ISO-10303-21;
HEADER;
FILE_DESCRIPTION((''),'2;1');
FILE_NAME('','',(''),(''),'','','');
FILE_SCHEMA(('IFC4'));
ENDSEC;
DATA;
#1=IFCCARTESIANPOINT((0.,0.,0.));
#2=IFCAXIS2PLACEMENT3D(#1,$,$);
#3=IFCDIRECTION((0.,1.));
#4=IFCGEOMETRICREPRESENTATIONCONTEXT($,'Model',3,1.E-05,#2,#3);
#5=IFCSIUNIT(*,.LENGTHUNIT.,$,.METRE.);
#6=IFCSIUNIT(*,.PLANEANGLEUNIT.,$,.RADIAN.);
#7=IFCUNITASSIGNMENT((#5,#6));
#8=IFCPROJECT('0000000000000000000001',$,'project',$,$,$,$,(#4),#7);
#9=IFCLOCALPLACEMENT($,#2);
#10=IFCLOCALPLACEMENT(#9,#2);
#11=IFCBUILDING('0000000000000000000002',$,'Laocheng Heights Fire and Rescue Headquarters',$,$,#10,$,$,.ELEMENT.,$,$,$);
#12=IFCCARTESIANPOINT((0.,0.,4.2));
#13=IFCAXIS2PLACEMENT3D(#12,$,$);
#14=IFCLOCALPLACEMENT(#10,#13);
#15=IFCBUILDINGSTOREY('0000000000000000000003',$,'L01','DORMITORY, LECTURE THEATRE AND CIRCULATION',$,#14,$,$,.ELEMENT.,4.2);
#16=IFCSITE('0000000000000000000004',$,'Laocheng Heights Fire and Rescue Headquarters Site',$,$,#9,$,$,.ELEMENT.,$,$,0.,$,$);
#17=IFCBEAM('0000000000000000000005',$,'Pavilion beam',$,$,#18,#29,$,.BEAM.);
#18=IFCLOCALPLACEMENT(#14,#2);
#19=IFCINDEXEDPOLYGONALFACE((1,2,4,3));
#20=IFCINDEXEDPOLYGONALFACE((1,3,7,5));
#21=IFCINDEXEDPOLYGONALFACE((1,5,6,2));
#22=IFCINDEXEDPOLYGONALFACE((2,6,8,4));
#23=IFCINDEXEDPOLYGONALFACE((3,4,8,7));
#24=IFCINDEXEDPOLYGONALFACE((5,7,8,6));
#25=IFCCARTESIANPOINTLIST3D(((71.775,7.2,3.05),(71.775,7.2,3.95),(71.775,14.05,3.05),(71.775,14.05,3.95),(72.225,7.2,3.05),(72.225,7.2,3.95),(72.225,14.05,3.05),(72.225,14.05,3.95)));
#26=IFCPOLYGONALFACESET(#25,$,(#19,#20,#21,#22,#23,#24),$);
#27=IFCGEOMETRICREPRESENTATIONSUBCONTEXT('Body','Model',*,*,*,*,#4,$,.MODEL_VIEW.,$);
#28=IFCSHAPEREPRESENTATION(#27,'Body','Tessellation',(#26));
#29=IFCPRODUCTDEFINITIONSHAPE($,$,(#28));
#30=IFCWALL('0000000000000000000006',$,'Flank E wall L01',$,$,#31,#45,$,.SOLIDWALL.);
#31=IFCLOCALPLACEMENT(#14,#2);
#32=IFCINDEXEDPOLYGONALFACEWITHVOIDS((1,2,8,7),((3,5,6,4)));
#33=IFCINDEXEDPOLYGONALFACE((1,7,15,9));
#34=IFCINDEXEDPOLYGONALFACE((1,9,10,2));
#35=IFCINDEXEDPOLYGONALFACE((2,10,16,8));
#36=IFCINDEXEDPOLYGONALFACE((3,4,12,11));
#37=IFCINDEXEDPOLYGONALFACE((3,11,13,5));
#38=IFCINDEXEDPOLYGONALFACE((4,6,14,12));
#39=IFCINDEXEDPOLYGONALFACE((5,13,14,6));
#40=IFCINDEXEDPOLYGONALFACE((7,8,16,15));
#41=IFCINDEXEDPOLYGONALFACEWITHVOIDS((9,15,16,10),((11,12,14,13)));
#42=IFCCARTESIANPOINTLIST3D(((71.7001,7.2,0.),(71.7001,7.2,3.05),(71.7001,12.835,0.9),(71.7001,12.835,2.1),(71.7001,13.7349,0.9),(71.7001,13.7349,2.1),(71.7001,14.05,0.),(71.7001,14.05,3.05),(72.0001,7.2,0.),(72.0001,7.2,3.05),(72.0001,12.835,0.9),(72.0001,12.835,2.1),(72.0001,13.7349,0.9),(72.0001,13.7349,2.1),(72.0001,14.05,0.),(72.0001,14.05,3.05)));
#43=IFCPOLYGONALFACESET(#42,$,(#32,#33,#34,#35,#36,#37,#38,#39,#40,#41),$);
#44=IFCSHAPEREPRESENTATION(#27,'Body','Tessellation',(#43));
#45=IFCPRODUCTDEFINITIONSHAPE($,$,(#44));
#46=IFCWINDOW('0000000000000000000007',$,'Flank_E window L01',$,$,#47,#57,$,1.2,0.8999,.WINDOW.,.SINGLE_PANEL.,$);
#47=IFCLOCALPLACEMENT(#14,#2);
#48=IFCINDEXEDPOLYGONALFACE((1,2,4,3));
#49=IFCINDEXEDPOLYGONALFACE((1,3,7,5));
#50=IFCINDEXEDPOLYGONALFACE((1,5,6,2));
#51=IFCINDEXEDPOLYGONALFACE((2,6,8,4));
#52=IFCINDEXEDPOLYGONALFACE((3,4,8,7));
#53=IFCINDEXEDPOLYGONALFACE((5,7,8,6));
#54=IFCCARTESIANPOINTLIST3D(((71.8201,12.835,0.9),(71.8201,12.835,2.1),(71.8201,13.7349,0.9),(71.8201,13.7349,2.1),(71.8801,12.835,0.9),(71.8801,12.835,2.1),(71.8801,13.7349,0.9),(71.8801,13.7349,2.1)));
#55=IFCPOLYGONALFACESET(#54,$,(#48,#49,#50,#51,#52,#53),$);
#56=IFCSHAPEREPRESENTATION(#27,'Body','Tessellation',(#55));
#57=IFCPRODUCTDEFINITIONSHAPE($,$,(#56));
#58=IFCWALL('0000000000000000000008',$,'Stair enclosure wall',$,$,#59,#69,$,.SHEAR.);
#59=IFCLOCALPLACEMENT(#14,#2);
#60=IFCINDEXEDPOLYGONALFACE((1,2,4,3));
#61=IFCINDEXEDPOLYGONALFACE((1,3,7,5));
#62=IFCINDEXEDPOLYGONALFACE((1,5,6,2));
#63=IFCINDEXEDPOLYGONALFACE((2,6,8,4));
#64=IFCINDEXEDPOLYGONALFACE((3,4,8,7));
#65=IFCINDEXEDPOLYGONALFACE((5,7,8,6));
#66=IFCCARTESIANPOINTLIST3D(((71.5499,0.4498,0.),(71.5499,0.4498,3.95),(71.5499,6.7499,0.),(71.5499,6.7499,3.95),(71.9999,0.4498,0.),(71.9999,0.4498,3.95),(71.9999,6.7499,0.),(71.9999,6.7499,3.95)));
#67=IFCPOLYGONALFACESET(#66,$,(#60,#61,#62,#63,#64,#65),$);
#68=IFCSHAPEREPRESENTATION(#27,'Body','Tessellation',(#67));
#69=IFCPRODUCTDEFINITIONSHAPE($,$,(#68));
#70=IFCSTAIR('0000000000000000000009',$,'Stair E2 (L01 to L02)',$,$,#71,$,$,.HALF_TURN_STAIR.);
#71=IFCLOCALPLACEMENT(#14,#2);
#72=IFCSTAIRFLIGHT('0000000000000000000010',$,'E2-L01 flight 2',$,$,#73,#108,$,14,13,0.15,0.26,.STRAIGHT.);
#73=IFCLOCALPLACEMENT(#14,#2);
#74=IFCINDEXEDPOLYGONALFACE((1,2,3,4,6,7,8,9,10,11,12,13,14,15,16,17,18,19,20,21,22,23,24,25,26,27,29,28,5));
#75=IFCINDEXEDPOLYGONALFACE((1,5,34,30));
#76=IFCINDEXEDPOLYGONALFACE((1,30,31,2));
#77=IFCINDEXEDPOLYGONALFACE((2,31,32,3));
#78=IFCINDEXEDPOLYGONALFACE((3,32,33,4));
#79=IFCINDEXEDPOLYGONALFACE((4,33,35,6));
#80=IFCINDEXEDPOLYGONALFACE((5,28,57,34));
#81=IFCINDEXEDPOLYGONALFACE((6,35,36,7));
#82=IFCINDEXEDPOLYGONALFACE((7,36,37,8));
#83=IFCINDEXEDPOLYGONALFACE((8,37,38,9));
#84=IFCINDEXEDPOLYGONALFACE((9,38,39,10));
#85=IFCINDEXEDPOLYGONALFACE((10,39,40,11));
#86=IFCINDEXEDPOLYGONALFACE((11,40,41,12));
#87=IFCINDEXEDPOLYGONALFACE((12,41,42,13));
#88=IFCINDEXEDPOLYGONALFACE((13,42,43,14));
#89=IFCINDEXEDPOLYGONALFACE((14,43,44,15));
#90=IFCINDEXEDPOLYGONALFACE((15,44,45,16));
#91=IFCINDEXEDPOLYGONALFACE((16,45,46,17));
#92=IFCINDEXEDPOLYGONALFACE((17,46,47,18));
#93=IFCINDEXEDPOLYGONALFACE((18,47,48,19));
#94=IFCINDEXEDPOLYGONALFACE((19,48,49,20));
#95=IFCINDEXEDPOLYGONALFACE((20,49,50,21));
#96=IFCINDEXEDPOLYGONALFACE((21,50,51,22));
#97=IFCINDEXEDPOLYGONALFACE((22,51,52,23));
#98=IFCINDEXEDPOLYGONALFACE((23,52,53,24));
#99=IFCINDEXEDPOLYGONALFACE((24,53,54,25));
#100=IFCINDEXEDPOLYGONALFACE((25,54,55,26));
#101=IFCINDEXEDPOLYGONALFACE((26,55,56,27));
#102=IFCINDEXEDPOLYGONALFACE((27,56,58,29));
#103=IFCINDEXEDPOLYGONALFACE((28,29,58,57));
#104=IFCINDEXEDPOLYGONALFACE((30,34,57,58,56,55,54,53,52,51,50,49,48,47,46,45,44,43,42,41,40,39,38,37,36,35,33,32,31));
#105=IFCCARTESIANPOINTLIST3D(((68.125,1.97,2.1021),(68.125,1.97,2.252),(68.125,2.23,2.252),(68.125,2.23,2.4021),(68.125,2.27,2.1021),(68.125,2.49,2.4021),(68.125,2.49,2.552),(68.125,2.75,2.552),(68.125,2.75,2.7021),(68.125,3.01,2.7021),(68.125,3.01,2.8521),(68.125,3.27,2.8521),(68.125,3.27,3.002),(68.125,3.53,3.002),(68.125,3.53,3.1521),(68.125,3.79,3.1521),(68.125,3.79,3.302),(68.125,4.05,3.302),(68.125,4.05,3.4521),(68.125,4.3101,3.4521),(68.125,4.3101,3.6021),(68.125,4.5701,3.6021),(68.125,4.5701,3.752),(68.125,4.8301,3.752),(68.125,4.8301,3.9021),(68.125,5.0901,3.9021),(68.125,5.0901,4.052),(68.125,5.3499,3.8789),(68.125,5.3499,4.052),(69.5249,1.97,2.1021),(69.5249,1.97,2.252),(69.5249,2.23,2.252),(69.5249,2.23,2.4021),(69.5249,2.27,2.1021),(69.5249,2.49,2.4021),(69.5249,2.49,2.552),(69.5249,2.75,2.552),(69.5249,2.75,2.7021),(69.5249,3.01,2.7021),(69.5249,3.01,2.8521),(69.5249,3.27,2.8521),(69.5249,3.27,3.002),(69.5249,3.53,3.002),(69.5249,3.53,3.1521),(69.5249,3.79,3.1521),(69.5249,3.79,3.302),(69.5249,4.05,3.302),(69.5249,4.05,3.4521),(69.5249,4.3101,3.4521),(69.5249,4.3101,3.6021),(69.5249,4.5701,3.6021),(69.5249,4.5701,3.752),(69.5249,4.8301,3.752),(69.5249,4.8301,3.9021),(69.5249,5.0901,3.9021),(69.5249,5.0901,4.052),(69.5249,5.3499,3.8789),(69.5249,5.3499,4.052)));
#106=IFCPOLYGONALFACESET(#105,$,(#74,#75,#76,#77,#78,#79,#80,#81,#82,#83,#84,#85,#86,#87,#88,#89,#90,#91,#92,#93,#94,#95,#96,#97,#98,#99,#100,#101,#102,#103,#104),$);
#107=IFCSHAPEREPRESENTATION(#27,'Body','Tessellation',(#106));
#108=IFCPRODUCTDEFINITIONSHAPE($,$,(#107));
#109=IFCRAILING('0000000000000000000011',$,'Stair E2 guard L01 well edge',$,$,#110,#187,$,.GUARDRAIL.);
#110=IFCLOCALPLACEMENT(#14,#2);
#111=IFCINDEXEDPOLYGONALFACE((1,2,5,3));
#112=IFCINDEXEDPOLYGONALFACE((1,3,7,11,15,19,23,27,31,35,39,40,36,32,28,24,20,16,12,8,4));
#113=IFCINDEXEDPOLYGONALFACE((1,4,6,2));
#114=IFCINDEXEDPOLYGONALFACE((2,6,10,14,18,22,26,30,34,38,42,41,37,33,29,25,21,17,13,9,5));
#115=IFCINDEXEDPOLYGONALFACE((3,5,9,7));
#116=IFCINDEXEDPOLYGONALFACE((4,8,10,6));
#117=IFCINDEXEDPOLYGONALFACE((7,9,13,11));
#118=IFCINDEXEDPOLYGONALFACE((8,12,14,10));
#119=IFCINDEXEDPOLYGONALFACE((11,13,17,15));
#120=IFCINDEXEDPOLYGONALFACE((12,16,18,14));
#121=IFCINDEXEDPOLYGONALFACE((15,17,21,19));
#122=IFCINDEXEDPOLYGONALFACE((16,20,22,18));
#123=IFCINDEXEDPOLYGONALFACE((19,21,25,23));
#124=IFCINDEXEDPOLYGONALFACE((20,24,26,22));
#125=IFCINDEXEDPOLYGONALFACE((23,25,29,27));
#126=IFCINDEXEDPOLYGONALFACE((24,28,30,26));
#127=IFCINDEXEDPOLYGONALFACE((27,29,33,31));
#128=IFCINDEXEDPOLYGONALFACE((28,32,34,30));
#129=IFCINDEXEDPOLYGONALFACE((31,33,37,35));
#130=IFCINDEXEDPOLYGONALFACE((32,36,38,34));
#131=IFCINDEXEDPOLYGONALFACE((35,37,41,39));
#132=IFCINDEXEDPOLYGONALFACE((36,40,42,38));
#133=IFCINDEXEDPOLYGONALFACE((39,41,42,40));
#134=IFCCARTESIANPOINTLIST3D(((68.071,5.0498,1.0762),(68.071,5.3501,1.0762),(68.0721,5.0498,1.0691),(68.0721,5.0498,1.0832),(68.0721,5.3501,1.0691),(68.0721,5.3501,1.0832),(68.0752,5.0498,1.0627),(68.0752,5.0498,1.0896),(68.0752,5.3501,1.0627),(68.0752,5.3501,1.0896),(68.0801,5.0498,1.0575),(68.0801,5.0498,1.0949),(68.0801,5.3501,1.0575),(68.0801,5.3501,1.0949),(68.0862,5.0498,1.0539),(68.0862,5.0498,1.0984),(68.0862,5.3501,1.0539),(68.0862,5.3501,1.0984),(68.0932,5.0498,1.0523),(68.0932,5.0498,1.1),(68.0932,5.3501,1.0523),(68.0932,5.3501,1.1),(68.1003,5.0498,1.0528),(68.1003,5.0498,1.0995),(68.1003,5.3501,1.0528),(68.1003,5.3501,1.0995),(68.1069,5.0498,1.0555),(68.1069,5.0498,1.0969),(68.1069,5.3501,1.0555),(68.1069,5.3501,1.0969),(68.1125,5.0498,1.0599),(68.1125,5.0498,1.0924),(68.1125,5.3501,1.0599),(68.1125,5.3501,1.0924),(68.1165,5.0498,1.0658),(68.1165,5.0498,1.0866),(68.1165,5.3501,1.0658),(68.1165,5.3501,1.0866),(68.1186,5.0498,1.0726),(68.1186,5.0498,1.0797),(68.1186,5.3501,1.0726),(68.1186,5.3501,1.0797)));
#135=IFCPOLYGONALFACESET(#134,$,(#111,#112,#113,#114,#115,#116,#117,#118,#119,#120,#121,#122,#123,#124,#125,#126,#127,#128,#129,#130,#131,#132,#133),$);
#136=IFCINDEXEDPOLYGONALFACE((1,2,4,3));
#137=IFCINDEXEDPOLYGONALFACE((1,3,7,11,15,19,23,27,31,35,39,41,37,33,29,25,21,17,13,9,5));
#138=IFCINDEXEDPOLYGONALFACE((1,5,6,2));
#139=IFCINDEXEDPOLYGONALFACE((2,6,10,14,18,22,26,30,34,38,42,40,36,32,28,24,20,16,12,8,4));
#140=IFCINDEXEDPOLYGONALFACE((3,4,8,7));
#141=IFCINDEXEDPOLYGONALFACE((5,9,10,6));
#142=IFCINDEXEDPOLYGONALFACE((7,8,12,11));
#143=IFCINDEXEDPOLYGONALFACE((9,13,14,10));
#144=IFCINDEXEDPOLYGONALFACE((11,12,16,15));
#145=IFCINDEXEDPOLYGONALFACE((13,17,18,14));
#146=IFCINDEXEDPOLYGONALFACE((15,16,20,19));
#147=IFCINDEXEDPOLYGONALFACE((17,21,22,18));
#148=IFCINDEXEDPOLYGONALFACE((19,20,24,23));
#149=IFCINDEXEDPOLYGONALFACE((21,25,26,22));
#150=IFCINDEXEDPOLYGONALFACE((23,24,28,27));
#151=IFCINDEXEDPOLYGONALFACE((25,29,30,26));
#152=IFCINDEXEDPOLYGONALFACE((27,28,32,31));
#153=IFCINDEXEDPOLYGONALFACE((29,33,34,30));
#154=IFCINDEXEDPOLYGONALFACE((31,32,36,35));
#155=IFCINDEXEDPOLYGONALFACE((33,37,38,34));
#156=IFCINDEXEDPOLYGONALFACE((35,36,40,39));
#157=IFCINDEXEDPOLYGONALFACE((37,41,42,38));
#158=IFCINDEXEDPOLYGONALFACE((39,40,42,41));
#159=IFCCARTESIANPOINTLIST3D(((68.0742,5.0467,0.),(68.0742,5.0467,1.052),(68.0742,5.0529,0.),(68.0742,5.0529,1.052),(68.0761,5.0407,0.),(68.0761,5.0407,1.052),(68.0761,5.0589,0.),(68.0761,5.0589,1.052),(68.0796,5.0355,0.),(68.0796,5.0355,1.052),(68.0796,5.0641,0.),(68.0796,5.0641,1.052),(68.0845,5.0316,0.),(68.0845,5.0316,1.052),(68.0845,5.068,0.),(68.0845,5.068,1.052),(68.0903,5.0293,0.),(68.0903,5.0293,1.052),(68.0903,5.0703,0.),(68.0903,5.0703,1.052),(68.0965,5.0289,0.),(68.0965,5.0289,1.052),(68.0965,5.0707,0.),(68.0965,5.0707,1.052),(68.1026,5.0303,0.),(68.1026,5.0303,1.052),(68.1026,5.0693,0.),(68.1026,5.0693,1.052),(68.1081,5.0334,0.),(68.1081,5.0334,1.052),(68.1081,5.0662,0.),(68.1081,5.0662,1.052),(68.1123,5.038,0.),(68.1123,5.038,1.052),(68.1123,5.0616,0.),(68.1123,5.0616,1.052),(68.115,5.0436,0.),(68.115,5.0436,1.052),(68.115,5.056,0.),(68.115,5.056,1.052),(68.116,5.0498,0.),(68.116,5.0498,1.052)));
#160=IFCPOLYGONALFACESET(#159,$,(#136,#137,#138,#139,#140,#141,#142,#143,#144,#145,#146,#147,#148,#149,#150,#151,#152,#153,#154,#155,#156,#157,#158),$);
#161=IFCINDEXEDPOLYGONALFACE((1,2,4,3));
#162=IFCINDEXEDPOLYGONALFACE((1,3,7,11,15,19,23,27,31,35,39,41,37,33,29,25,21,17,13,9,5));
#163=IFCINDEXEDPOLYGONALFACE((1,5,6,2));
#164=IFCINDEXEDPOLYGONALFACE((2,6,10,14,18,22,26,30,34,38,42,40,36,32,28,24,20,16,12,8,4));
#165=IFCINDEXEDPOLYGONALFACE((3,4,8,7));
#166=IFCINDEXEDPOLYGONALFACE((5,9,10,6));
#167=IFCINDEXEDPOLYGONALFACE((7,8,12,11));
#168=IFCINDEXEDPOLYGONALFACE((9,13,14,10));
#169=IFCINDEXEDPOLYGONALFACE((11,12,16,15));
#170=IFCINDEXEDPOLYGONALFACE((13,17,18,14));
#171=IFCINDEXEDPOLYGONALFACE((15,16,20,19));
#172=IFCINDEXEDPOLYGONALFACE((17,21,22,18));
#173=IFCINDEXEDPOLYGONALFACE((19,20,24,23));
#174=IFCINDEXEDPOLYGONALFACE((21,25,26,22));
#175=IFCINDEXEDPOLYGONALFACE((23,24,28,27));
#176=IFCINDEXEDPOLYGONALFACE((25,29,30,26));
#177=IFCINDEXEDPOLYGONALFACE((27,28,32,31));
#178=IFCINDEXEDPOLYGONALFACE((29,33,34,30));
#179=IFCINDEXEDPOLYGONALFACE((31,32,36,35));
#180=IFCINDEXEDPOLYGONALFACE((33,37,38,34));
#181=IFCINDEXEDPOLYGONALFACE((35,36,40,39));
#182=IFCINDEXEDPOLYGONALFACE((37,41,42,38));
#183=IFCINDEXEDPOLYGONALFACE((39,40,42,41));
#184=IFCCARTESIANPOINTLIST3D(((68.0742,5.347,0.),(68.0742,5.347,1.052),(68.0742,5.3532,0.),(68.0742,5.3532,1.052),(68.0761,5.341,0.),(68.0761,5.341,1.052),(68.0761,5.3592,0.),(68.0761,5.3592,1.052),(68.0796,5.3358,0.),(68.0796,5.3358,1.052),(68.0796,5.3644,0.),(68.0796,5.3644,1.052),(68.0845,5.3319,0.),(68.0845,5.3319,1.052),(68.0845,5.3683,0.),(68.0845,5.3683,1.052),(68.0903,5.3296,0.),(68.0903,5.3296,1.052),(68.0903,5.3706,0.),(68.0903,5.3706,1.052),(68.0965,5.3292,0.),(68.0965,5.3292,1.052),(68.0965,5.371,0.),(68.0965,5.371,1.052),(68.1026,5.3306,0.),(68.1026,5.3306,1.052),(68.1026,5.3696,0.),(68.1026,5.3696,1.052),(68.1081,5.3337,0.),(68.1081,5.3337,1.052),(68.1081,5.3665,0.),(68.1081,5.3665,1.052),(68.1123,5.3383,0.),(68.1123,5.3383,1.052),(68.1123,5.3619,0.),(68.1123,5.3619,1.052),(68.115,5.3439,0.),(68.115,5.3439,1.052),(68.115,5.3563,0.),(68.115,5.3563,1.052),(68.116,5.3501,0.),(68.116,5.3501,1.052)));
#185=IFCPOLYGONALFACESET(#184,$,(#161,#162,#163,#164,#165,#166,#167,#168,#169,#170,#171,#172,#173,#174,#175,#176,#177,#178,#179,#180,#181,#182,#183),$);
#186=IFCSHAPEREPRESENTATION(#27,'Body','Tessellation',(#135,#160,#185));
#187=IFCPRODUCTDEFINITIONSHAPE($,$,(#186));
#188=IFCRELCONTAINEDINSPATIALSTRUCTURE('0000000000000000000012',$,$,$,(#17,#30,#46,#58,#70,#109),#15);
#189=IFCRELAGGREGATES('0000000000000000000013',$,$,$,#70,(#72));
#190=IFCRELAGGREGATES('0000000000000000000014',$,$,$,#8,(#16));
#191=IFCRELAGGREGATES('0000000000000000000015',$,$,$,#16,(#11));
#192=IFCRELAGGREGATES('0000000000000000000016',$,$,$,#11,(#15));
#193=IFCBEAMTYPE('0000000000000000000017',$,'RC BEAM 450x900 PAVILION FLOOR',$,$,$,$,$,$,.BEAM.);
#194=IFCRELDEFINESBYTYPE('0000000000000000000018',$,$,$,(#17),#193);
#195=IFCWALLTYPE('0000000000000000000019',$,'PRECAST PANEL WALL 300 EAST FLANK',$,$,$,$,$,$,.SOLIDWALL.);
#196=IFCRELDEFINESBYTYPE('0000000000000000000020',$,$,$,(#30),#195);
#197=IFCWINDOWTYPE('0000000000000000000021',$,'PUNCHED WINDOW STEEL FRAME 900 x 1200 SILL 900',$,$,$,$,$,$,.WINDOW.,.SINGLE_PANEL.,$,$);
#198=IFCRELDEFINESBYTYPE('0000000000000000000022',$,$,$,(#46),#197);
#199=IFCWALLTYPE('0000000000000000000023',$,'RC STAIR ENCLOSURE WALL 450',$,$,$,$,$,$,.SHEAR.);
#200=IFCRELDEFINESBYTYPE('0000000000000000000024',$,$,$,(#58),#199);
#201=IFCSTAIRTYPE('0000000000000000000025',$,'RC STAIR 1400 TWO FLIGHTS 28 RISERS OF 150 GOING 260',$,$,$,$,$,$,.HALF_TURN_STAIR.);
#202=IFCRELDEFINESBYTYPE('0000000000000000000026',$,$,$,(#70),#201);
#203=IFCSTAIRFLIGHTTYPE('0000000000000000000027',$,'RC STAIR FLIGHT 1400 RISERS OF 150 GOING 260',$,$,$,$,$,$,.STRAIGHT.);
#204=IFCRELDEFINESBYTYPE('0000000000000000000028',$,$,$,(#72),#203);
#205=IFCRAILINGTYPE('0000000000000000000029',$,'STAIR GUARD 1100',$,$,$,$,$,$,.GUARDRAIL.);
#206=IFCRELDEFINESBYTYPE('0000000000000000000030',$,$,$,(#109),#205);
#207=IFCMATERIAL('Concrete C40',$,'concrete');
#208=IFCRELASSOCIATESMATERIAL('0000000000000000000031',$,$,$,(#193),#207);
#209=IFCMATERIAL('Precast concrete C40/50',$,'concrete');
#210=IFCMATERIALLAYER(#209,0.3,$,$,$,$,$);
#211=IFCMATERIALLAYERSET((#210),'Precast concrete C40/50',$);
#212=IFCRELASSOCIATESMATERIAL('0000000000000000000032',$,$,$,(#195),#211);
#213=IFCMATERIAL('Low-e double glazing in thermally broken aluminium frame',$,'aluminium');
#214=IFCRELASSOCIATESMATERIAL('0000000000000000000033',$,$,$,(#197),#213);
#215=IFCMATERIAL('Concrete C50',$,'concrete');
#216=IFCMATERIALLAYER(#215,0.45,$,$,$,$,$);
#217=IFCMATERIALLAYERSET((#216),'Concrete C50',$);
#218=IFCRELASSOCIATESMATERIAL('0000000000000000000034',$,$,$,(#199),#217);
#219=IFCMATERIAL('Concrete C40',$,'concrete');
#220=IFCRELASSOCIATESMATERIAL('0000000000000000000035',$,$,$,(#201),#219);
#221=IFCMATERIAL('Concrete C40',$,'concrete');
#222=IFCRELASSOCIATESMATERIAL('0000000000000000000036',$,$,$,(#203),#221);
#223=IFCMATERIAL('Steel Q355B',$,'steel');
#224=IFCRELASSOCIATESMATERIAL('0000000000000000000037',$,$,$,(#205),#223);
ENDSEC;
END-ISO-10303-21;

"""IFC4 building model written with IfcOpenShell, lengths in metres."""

from ifc_helpers import new_model, si_unit, direction, frame, frame_2d, origin, origin_2d, place, context, subcontext, project, spatial, polyline, rectangle, circle, outline, extrude, material, layer, layer_set, material_profile, profile_set, type_object, element, fill, aggregate, save


model = new_model("IFC4")

# Units and contexts
model_context = context("Model", 3, precision=1e-05, world=origin(), true_north=direction((0.0, 1.0)))
body_context = subcontext(model_context, "Body", "Model", "MODEL_VIEW")
ifc_project = project(units=[si_unit("LENGTHUNIT", "METRE"), si_unit("PLANEANGLEUNIT", "RADIAN")], contexts=[model_context])

# Site, building, storey
site_placement = place(None, origin())
site = spatial("IfcSite", under=ifc_project, at=site_placement, Name="Laocheng Heights Fire and Rescue Headquarters Site", CompositionType="ELEMENT", RefElevation=0.0)
building_placement = place(site_placement, origin())
building = spatial("IfcBuilding", under=site, at=building_placement, Name="Laocheng Heights Fire and Rescue Headquarters", CompositionType="ELEMENT")
storey_placement = place(building_placement, frame((0.0, 0.0, 4.2)))
storey = spatial("IfcBuildingStorey", under=building, at=storey_placement, Name="L01", Description="DORMITORY, LECTURE THEATRE AND CIRCULATION", CompositionType="ELEMENT", Elevation=4.2)

# Beam
ifc_material_1 = material(Name="Concrete C40", Category="concrete")
ifc_material_profile = material_profile(ifc_material_1, rectangle(XDim=0.45, YDim=0.8999, at=origin_2d()), Name="RC BEAM 450x900 PAVILION FLOOR")
ifc_profile_set = profile_set([ifc_material_profile], Name="Concrete C40")
beam_type = type_object("IfcBeamType", Name="RC BEAM 450x900 PAVILION FLOOR", PredefinedType="BEAM", material=ifc_profile_set)
beam_placement = place(storey_placement, frame((72.0, 7.2, 3.5), z_axis=(0.0, 1.0, 0.0), x_axis=(-1.0, 0.0, 0.0)))
element("IfcBeam", 1, at=beam_placement, inside=storey, type_object=beam_type, Name="Pavilion beam", PredefinedType="BEAM", context=body_context, shape_type="SweptSolid", body=[
    extrude(rectangle(XDim=0.45, YDim=0.8999, at=origin_2d()), origin(), (0.0, 0.0, 1.0), 6.8501),
])

# Wall, opening, window
ifc_material_2 = material(Name="Precast concrete C40/50", Category="concrete")
ifc_layer_1 = layer(ifc_material_2, 0.3)
ifc_layer_set_1 = layer_set([ifc_layer_1], Name="Precast concrete C40/50")
wall_type_1 = type_object("IfcWallType", Name="PRECAST PANEL WALL 300 EAST FLANK", PredefinedType="SOLIDWALL", material=ifc_layer_set_1)
wall_1_placement = place(storey_placement, frame((71.8501, 7.2, 0.0), z_axis=(0.0, 0.0, 1.0), x_axis=(0.0, 1.0, 0.0)))
wall_1 = element("IfcWall", 2, at=wall_1_placement, inside=storey, type_object=wall_type_1, Name="Flank E wall L01", PredefinedType="SOLIDWALL", context=body_context, shape_type="SweptSolid", body=[
    extrude(rectangle(XDim=6.8501, YDim=0.3, at=frame_2d((3.425, 0.0))), origin(), (0.0, 0.0, 1.0), 3.05),
])
opening_placement = place(wall_1_placement, frame((5.635, 0.0, 0.8999)))
opening = element("IfcOpeningElement", 3, at=opening_placement, cuts=wall_1, PredefinedType="OPENING", context=body_context, shape_type="SweptSolid", body=[
    extrude(rectangle(XDim=0.8999, YDim=1.2, at=frame_2d((0.45, 0.6001))), frame((0.0, 0.1599, 0.0), z_axis=(0.0, -1.0, 0.0), x_axis=(1.0, 0.0, 0.0)), (0.0, 0.0, 1.0), 0.3201),
])
ifc_material_3 = material(Name="Low-e double glazing in thermally broken aluminium frame", Category="aluminium")
window_type = type_object("IfcWindowType", Name="PUNCHED WINDOW STEEL FRAME 900 x 1200 SILL 900", PartitioningType="SINGLE_PANEL", PredefinedType="WINDOW", material=ifc_material_3)
window_placement = place(opening_placement, origin())
window = element("IfcWindow", 4, at=window_placement, inside=storey, type_object=window_type, Name="Flank_E window L01", OverallHeight=1.2, OverallWidth=0.8999, PartitioningType="SINGLE_PANEL", PredefinedType="WINDOW", context=body_context, shape_type="SweptSolid", body=[
    extrude(rectangle(XDim=0.8999, YDim=1.2, at=frame_2d((0.45, 0.6001))), frame((0.0, 0.03, 0.0), z_axis=(0.0, -1.0, 0.0), x_axis=(1.0, 0.0, 0.0)), (0.0, 0.0, 1.0), 0.0601),
])
fill(opening, window)

# Wall
ifc_material_4 = material(Name="Concrete C50", Category="concrete")
ifc_layer_2 = layer(ifc_material_4, 0.45)
ifc_layer_set_2 = layer_set([ifc_layer_2], Name="Concrete C50")
wall_type_2 = type_object("IfcWallType", Name="RC STAIR ENCLOSURE WALL 450", PredefinedType="SHEAR", material=ifc_layer_set_2)
wall_2_placement = place(storey_placement, frame((71.7749, 0.45, 0.0), z_axis=(0.0, 0.0, 1.0), x_axis=(0.0, 1.0, 0.0)))
element("IfcWall", 5, at=wall_2_placement, inside=storey, type_object=wall_type_2, Name="Stair enclosure wall", PredefinedType="SHEAR", context=body_context, shape_type="SweptSolid", body=[
    extrude(rectangle(XDim=6.3, YDim=0.45, at=frame_2d((3.1499, 0.0))), origin(), (0.0, 0.0, 1.0), 3.95),
])

# Stair, stair flight
ifc_material_5 = material(Name="Concrete C40", Category="concrete")
stair_type = type_object("IfcStairType", Name="RC STAIR 1400 TWO FLIGHTS 28 RISERS OF 150 GOING 260", PredefinedType="HALF_TURN_STAIR", material=ifc_material_5)
stair_placement = place(storey_placement, origin())
stair = element("IfcStair", 6, at=stair_placement, inside=storey, type_object=stair_type, Name="Stair E2 (L01 to L02)", PredefinedType="HALF_TURN_STAIR")
ifc_material_6 = material(Name="Concrete C40", Category="concrete")
stair_flight_type = type_object("IfcStairFlightType", Name="RC STAIR FLIGHT 1400 RISERS OF 150 GOING 260", PredefinedType="STRAIGHT", material=ifc_material_6)
stair_flight_placement = place(storey_placement, frame((68.825, 1.97, 2.1021), z_axis=(0.0, 0.0, 1.0), x_axis=(0.0, 1.0, 0.0)))
stair_flight = element("IfcStairFlight", 7, at=stair_flight_placement, type_object=stair_flight_type, Name="E2-L01 flight 2", NumberOfRisers=14, NumberOfTreads=13, PredefinedType="STRAIGHT", RiserHeight=0.15, TreadLength=0.26, context=body_context, shape_type="SweptSolid", body=[
    extrude(outline(polyline([(0.0, 0.0), (0.0, 0.1499), (0.26, 0.1499), (0.26, 0.3), (0.52, 0.3), (0.52, 0.45), (0.78, 0.45), (0.78, 0.6001), (1.04, 0.6001), (1.04, 0.75), (1.3, 0.75), (1.3, 0.8999), (1.5601, 0.8999), (1.5601, 1.05), (1.8201, 1.05), (1.8201, 1.2), (2.0801, 1.2), (2.0801, 1.3501), (2.3401, 1.3501), (2.3401, 1.5), (2.6001, 1.5), (2.6001, 1.6499), (2.8601, 1.6499), (2.8601, 1.8), (3.1201, 1.8), (3.1201, 1.95), (3.3799, 1.95), (3.3799, 2.1001), (3.3799, 1.7769), (0.3, 0.0), (0.0, 0.0)])), frame((0.0, 0.7, 0.0), z_axis=(0.0, -1.0, 0.0), x_axis=(1.0, 0.0, 0.0)), (0.0, 0.0, 1.0), 1.3999),
])
aggregate(stair, [stair_flight])

# Railing
ifc_material_7 = material(Name="Steel Q355B", Category="steel")
railing_type_1 = type_object("IfcRailingType", Name="STAIR GUARD 1100", PredefinedType="GUARDRAIL", material=ifc_material_7)
railing_1_placement = place(storey_placement, frame((68.095, 5.0498, 0.0)))
element("IfcRailing", 8, at=railing_1_placement, inside=storey, type_object=railing_type_1, Name="Stair E2 guard L01 well edge", PredefinedType="GUARDRAIL", context=body_context, shape_type="SweptSolid", body=[
    extrude(circle(Radius=0.0239, at=origin_2d()), frame((0.0, 0.0, 1.0762), z_axis=(0.0, 1.0, 0.0), x_axis=(-1.0, 0.0, 0.0)), (0.0, 0.0, 1.0), 0.3003),
    extrude(circle(Radius=0.021, at=origin_2d()), origin(), (0.0, 0.0, 1.0), 1.052),
    extrude(circle(Radius=0.021, at=origin_2d()), frame((0.0, 0.3003, 0.0)), (0.0, 0.0, 1.0), 1.052),
])

save(model, "model.ifc")
